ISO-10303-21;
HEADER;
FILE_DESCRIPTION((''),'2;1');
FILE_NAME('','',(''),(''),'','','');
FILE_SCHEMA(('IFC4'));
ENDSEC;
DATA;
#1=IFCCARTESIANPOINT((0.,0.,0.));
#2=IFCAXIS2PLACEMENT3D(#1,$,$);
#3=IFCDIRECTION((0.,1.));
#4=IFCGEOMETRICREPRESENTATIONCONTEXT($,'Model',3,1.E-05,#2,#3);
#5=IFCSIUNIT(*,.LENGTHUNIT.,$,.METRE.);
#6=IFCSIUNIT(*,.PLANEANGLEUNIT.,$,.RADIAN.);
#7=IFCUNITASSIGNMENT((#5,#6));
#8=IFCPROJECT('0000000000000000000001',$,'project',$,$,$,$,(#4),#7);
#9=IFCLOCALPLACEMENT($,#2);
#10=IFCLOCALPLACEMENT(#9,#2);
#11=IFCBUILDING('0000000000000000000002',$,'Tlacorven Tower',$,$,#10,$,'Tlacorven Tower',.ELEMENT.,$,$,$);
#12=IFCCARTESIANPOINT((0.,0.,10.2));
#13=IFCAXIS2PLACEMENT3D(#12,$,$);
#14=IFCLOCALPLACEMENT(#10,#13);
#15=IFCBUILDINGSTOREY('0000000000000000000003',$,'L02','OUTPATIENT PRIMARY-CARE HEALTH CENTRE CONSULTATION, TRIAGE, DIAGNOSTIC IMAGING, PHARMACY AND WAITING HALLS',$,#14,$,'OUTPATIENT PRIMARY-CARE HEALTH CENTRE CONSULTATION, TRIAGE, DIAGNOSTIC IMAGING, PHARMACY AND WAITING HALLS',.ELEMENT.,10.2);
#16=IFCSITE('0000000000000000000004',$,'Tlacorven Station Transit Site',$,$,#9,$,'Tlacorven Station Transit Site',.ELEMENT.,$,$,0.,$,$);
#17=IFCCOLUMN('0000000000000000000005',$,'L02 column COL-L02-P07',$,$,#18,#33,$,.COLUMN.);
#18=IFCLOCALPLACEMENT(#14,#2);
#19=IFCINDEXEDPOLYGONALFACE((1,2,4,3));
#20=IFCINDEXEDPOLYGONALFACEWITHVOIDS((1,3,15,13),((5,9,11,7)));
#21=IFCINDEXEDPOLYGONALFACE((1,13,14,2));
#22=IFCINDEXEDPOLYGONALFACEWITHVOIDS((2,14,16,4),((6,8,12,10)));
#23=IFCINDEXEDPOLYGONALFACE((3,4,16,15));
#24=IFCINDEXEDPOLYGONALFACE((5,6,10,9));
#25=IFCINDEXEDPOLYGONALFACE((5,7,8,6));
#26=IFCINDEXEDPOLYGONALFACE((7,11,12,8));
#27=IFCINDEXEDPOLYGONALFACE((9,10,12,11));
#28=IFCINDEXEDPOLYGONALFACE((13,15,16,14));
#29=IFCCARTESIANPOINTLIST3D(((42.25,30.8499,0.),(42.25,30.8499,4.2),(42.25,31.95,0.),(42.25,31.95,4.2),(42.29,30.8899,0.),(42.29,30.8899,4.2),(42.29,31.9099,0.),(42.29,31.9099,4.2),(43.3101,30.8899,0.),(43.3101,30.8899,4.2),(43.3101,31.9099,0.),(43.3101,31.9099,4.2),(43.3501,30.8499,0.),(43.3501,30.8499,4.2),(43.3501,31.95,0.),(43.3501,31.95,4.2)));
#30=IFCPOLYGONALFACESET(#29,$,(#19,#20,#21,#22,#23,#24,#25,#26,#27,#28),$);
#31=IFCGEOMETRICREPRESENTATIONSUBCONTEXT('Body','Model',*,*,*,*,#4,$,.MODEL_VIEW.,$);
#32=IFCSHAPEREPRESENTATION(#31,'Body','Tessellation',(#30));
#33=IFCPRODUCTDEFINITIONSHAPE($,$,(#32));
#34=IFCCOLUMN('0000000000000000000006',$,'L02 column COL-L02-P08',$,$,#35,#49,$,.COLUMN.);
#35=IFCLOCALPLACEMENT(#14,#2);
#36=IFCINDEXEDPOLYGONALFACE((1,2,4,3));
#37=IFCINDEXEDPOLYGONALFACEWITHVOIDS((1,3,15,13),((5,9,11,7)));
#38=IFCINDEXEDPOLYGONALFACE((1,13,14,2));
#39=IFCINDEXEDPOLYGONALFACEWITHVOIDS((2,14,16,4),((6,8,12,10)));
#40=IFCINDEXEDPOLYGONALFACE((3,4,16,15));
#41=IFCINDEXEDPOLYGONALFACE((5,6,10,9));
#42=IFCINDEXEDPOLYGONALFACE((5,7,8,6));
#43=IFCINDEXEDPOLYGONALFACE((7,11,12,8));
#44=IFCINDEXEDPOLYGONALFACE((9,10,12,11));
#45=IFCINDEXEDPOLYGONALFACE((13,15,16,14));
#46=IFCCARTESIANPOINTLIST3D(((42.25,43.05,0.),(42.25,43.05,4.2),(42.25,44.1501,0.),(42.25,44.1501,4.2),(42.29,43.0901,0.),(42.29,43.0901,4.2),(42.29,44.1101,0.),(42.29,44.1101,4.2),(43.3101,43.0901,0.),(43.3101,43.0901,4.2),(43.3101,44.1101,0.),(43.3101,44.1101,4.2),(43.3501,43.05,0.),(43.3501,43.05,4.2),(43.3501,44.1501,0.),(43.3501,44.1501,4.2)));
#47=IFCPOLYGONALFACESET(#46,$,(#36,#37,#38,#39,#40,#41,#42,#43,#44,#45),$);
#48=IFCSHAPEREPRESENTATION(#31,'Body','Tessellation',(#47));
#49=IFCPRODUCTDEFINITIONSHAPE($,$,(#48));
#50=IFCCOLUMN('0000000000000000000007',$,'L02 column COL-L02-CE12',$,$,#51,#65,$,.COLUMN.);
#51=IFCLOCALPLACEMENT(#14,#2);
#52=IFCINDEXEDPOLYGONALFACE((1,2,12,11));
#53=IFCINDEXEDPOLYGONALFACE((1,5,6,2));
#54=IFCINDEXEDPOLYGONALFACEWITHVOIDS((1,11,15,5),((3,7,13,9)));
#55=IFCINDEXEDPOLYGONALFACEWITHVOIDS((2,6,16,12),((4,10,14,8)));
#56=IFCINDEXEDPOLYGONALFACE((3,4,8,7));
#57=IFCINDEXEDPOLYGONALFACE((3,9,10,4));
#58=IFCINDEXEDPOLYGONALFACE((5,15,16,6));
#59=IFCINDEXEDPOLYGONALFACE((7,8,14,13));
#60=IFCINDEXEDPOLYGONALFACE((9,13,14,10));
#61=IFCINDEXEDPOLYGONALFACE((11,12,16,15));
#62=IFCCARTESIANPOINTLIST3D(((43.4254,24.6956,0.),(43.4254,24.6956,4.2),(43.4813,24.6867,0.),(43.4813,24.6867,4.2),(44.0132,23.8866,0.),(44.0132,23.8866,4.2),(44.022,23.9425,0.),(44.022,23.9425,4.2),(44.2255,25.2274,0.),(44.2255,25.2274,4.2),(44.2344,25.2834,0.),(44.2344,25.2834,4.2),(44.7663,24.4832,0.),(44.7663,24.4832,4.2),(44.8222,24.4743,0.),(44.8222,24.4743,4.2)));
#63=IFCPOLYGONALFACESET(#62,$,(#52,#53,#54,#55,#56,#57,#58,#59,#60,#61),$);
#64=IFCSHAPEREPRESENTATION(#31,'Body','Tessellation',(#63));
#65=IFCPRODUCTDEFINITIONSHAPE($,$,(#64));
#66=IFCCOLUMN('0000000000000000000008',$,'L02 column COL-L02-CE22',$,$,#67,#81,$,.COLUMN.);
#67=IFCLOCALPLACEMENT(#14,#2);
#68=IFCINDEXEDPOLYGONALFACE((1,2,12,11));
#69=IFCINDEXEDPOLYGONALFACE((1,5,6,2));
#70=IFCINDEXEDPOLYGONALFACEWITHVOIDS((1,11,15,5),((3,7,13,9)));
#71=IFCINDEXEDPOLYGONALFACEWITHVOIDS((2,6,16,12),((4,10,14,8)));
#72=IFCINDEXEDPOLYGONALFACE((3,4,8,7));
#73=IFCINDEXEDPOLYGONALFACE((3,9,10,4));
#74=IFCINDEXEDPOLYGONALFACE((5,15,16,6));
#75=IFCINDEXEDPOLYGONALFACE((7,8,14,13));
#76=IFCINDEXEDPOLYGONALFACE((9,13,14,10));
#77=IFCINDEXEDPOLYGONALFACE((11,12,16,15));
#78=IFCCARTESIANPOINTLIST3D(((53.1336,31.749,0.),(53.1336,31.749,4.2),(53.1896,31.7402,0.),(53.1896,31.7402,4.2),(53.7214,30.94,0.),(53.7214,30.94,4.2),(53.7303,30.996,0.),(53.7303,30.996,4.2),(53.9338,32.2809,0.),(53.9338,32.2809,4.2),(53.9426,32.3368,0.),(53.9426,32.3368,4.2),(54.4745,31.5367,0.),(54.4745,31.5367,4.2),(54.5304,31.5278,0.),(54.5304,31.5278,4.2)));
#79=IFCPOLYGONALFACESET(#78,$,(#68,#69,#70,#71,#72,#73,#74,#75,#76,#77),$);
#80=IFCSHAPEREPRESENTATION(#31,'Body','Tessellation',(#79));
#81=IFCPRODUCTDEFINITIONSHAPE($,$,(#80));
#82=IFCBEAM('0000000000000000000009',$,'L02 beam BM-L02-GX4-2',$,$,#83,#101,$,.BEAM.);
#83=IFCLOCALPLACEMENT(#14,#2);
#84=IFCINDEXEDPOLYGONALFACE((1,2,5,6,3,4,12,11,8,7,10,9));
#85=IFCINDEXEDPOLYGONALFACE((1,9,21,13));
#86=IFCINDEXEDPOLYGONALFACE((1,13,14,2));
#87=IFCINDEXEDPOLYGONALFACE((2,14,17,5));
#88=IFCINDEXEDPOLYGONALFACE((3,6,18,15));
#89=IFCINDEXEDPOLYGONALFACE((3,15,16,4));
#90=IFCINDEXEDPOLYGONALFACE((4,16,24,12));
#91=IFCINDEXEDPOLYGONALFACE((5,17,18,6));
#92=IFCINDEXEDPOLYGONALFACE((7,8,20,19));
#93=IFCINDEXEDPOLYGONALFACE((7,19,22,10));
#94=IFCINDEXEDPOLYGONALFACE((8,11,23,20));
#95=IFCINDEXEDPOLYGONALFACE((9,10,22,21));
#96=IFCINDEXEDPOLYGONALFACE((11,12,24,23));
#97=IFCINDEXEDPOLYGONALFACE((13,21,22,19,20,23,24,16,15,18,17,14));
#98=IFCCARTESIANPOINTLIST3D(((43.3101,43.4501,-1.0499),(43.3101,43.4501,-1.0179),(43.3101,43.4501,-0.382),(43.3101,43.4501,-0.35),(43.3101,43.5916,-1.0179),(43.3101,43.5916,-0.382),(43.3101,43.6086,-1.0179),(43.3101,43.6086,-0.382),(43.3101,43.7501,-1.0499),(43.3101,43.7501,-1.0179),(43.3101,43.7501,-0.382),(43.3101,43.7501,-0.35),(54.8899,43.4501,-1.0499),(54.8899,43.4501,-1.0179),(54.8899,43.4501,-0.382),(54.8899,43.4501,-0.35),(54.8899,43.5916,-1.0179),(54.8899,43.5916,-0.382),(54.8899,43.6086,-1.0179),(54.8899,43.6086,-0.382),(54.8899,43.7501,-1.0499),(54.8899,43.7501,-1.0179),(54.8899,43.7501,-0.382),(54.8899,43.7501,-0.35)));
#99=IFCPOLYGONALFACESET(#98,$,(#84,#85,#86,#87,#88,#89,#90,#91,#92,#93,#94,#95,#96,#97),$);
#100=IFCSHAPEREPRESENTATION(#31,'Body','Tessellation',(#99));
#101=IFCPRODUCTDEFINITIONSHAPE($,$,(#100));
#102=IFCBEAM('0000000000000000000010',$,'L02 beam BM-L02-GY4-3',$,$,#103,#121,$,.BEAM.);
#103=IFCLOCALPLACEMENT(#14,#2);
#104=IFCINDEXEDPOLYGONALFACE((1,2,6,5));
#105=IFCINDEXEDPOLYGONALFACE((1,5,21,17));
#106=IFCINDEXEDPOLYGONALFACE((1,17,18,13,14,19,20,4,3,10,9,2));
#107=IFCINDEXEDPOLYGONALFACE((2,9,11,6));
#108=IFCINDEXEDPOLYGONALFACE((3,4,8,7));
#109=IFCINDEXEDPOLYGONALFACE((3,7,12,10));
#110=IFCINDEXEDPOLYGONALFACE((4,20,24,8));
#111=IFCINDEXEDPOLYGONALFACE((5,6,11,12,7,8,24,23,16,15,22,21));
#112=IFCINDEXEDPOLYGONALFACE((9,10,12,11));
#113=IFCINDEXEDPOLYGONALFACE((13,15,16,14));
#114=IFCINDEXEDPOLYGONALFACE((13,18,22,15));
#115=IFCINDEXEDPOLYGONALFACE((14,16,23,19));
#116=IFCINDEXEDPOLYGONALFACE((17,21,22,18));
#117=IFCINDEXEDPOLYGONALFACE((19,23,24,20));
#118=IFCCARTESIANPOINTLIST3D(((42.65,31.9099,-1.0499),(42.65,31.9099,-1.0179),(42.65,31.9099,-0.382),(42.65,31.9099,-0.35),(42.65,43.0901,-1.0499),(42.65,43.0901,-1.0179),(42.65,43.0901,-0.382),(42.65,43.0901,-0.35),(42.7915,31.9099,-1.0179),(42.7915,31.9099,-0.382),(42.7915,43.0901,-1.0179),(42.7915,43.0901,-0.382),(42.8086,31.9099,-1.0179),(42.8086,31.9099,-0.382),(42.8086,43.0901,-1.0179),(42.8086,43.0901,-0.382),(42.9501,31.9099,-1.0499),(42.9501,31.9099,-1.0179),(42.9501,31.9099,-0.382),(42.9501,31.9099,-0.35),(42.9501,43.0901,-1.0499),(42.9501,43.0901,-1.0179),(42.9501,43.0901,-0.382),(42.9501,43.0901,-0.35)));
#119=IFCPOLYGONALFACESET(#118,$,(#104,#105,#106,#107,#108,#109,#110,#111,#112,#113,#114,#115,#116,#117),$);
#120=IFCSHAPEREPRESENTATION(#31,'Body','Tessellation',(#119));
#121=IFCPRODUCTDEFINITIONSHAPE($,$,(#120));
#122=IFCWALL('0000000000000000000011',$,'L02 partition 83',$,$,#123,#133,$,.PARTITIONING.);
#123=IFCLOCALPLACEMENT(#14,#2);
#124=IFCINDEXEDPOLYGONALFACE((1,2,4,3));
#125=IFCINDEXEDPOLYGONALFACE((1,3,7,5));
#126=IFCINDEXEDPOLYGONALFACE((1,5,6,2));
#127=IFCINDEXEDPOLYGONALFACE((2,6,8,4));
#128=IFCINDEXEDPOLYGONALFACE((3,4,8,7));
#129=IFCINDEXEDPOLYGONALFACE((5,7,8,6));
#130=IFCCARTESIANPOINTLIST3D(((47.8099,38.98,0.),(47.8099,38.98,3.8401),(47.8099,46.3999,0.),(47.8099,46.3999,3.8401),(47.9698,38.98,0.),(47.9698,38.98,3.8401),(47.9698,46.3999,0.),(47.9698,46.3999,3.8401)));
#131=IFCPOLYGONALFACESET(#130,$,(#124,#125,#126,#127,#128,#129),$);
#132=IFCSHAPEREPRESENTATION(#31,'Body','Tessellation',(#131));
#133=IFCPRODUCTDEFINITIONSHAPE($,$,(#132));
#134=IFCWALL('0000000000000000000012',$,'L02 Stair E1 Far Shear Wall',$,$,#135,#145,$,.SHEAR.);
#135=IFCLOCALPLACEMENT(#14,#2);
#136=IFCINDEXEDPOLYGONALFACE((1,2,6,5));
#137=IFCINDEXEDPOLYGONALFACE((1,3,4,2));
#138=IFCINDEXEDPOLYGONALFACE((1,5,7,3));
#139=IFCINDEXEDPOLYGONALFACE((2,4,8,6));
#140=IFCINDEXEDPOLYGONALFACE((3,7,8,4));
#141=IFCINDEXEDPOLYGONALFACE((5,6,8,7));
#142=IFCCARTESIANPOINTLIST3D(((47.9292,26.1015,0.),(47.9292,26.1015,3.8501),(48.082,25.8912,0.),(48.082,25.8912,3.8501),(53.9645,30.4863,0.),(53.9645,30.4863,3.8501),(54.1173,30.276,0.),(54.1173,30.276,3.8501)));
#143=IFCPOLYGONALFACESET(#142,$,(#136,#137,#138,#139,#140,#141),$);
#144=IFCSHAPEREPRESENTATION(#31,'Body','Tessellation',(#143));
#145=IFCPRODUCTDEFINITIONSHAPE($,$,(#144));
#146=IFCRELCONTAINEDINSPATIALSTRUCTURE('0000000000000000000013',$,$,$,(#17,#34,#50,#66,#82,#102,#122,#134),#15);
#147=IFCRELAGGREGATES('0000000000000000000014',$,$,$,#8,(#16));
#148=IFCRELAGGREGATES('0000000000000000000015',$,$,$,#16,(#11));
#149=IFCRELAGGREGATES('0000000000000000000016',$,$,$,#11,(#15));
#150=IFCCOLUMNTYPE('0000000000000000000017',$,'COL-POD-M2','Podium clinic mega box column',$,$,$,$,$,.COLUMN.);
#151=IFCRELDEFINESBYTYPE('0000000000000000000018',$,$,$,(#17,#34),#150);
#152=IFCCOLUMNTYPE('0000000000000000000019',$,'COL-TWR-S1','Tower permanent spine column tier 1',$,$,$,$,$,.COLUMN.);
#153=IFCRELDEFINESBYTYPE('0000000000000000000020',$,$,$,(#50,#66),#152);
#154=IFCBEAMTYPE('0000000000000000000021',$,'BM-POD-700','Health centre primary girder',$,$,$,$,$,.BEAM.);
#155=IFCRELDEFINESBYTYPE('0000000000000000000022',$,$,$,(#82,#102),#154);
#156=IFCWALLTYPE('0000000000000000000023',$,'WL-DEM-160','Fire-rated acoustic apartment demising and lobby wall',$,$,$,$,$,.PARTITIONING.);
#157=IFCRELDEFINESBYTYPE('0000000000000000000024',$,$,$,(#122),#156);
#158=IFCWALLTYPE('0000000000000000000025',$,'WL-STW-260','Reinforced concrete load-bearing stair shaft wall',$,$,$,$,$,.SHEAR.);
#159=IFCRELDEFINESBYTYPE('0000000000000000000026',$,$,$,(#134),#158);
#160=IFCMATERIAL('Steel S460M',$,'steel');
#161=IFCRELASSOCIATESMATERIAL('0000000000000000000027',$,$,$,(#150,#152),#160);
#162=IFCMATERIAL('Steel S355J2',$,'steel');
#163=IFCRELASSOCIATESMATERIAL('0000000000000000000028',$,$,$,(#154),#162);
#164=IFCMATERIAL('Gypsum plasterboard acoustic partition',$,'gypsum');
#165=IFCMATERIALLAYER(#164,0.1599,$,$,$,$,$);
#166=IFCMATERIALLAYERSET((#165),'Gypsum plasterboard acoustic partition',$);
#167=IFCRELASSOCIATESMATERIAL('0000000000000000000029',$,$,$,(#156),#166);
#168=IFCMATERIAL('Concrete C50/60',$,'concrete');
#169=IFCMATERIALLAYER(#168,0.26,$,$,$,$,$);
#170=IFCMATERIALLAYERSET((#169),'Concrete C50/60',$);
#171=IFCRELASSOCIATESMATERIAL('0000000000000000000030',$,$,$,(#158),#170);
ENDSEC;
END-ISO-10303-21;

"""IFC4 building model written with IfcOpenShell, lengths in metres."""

from ifc_helpers import new_model, si_unit, direction, frame, frame_2d, origin, origin_2d, place, context, subcontext, project, spatial, rectangle, hollow_rectangle, i_section, extrude, source, transform, mapped, material, layer, layer_set, material_profile, profile_set, type_object, element, save


model = new_model("IFC4")

# Units and contexts
model_context = context("Model", 3, precision=1e-05, world=origin(), true_north=direction((0.0, 1.0)))
body_context = subcontext(model_context, "Body", "Model", "MODEL_VIEW")
ifc_project = project(units=[si_unit("LENGTHUNIT", "METRE"), si_unit("PLANEANGLEUNIT", "RADIAN")], contexts=[model_context])

# Site, building, storey
site_placement = place(None, origin())
site = spatial("IfcSite", under=ifc_project, at=site_placement, Name="Tlacorven Station Transit Site", LongName="Tlacorven Station Transit Site", CompositionType="ELEMENT", RefElevation=0.0)
building_placement = place(site_placement, origin())
building = spatial("IfcBuilding", under=site, at=building_placement, Name="Tlacorven Tower", LongName="Tlacorven Tower", CompositionType="ELEMENT")
storey_placement = place(building_placement, frame((0.0, 0.0, 10.2)))
storey = spatial("IfcBuildingStorey", under=building, at=storey_placement, Name="L02", Description="OUTPATIENT PRIMARY-CARE HEALTH CENTRE CONSULTATION, TRIAGE, DIAGNOSTIC IMAGING, PHARMACY AND WAITING HALLS", LongName="OUTPATIENT PRIMARY-CARE HEALTH CENTRE CONSULTATION, TRIAGE, DIAGNOSTIC IMAGING, PHARMACY AND WAITING HALLS", CompositionType="ELEMENT", Elevation=10.2)

# Columns
ifc_material_1 = material(Name="Steel S460M", Category="steel")
ifc_material_profile_1 = material_profile(ifc_material_1, hollow_rectangle(XDim=1.1001, YDim=1.1001, WallThickness=0.04, at=origin_2d()), Name="BOX 1100X1100X40")
ifc_profile_set_1 = profile_set([ifc_material_profile_1], Name="Steel S460M")
column_type_1 = type_object("IfcColumnType", Name="COL-POD-M2", Description="Podium clinic mega box column", PredefinedType="COLUMN", material=ifc_profile_set_1)
shared_shape_1 = source(origin(), body_context, "Body", "SweptSolid", [
    extrude(hollow_rectangle(XDim=1.1001, YDim=1.1001, WallThickness=0.04, at=origin_2d()), origin(), (0.0, 0.0, 1.0), 4.2),
])
for number, where, z_axis, x_axis, name in (
    (1, (42.8, 31.3999, 0.0), (0.0, 0.0, 1.0), (1.0, 0.0, 0.0), "L02 column COL-L02-P07"),
    (2, (42.8, 43.6001, 0.0), (0.0, 0.0, 1.0), (1.0, 0.0, 0.0), "L02 column COL-L02-P08"),
):
    element("IfcColumn", number, at=place(storey_placement, frame(where, z_axis=z_axis, x_axis=x_axis)), inside=storey, type_object=column_type_1, Name=name, PredefinedType="COLUMN", context=body_context, shape_type="MappedRepresentation", body=[
        mapped(shared_shape_1, transform((0.0, 0.0, 0.0), scale=1.0)),
    ])
ifc_material_profile_2 = material_profile(ifc_material_1, hollow_rectangle(XDim=1.0, YDim=1.0, WallThickness=0.04, at=origin_2d()), Name="BOX 1000X1000X40")
ifc_profile_set_2 = profile_set([ifc_material_profile_2], Name="Steel S460M")
column_type_2 = type_object("IfcColumnType", Name="COL-TWR-S1", Description="Tower permanent spine column tier 1", PredefinedType="COLUMN", material=ifc_profile_set_2)
shared_shape_2 = source(origin(), body_context, "Body", "SweptSolid", [
    extrude(hollow_rectangle(XDim=1.0, YDim=1.0, WallThickness=0.04, at=origin_2d()), origin(), (0.0, 0.0, 1.0), 4.2),
])
for number, where, z_axis, x_axis, name in (
    (3, (44.1238, 24.585, 0.0), (0.0, 0.0, 1.0), (0.809017, 0.587785, 0.0), "L02 column COL-L02-CE12"),
    (4, (53.832, 31.6384, 0.0), (0.0, 0.0, 1.0), (0.809017, 0.587785, 0.0), "L02 column COL-L02-CE22"),
):
    element("IfcColumn", number, at=place(storey_placement, frame(where, z_axis=z_axis, x_axis=x_axis)), inside=storey, type_object=column_type_2, Name=name, PredefinedType="COLUMN", context=body_context, shape_type="MappedRepresentation", body=[
        mapped(shared_shape_2, transform((0.0, 0.0, 0.0), scale=1.0)),
    ])

# Beams
ifc_material_2 = material(Name="Steel S355J2", Category="steel")
ifc_material_profile_3 = material_profile(ifc_material_2, i_section(OverallWidth=0.3, OverallDepth=0.7, WebThickness=0.0171, FlangeThickness=0.032, at=origin_2d()), Name="HEB 700")
ifc_profile_set_3 = profile_set([ifc_material_profile_3], Name="Steel S355J2")
beam_type = type_object("IfcBeamType", Name="BM-POD-700", Description="Health centre primary girder", PredefinedType="BEAM", material=ifc_profile_set_3)
shared_shape_3 = source(origin(), body_context, "Body", "SweptSolid", [
    extrude(i_section(OverallWidth=0.3, OverallDepth=0.7, WebThickness=0.0171, FlangeThickness=0.032, at=origin_2d()), origin(), (0.0, 0.0, 1.0), 11.5798),
])
beam_1_placement = place(storey_placement, frame((43.3101, 43.6001, -0.7), z_axis=(1.0, 0.0, 0.0), x_axis=(0.0, 1.0, 0.0)))
element("IfcBeam", 5, at=beam_1_placement, inside=storey, type_object=beam_type, Name="L02 beam BM-L02-GX4-2", PredefinedType="BEAM", context=body_context, shape_type="MappedRepresentation", body=[
    mapped(shared_shape_3, transform((0.0, 0.0, 0.0), scale=1.0)),
])
shared_shape_4 = source(origin(), body_context, "Body", "SweptSolid", [
    extrude(i_section(OverallWidth=0.3, OverallDepth=0.7, WebThickness=0.0171, FlangeThickness=0.032, at=origin_2d()), origin(), (0.0, 0.0, 1.0), 11.1802),
])
beam_2_placement = place(storey_placement, frame((42.8, 31.9099, -0.7), z_axis=(0.0, 1.0, 0.0), x_axis=(-1.0, 0.0, 0.0)))
element("IfcBeam", 6, at=beam_2_placement, inside=storey, type_object=beam_type, Name="L02 beam BM-L02-GY4-3", PredefinedType="BEAM", context=body_context, shape_type="MappedRepresentation", body=[
    mapped(shared_shape_4, transform((0.0, 0.0, 0.0), scale=1.0)),
])

# Walls
ifc_material_3 = material(Name="Gypsum plasterboard acoustic partition", Category="gypsum")
ifc_layer_1 = layer(ifc_material_3, 0.1599)
ifc_layer_set_1 = layer_set([ifc_layer_1], Name="Gypsum plasterboard acoustic partition")
wall_type_1 = type_object("IfcWallType", Name="WL-DEM-160", Description="Fire-rated acoustic apartment demising and lobby wall", PredefinedType="PARTITIONING", material=ifc_layer_set_1)
wall_1_placement = place(storey_placement, frame((47.8899, 38.98, 0.0), z_axis=(0.0, 0.0, 1.0), x_axis=(0.0, 1.0, 0.0)))
element("IfcWall", 7, at=wall_1_placement, inside=storey, type_object=wall_type_1, Name="L02 partition 83", PredefinedType="PARTITIONING", context=body_context, shape_type="SweptSolid", body=[
    extrude(rectangle(XDim=7.4199, YDim=0.1599, at=frame_2d((3.71, 0.0))), origin(), (0.0, 0.0, 1.0), 3.8401),
])
ifc_material_4 = material(Name="Concrete C50/60", Category="concrete")
ifc_layer_2 = layer(ifc_material_4, 0.26)
ifc_layer_set_2 = layer_set([ifc_layer_2], Name="Concrete C50/60")
wall_type_2 = type_object("IfcWallType", Name="WL-STW-260", Description="Reinforced concrete load-bearing stair shaft wall", PredefinedType="SHEAR", material=ifc_layer_set_2)
wall_2_placement = place(storey_placement, frame((48.0056, 25.9963, 0.0), z_axis=(0.0, 0.0, 1.0), x_axis=(0.809019, 0.587782, 0.0)))
element("IfcWall", 8, at=wall_2_placement, inside=storey, type_object=wall_type_2, Name="L02 Stair E1 Far Shear Wall", PredefinedType="SHEAR", context=body_context, shape_type="SweptSolid", body=[
    extrude(rectangle(XDim=7.46, YDim=0.26, at=frame_2d((3.73, 0.0))), origin(), (0.0, 0.0, 1.0), 3.8501),
])

save(model, "model.ifc")
